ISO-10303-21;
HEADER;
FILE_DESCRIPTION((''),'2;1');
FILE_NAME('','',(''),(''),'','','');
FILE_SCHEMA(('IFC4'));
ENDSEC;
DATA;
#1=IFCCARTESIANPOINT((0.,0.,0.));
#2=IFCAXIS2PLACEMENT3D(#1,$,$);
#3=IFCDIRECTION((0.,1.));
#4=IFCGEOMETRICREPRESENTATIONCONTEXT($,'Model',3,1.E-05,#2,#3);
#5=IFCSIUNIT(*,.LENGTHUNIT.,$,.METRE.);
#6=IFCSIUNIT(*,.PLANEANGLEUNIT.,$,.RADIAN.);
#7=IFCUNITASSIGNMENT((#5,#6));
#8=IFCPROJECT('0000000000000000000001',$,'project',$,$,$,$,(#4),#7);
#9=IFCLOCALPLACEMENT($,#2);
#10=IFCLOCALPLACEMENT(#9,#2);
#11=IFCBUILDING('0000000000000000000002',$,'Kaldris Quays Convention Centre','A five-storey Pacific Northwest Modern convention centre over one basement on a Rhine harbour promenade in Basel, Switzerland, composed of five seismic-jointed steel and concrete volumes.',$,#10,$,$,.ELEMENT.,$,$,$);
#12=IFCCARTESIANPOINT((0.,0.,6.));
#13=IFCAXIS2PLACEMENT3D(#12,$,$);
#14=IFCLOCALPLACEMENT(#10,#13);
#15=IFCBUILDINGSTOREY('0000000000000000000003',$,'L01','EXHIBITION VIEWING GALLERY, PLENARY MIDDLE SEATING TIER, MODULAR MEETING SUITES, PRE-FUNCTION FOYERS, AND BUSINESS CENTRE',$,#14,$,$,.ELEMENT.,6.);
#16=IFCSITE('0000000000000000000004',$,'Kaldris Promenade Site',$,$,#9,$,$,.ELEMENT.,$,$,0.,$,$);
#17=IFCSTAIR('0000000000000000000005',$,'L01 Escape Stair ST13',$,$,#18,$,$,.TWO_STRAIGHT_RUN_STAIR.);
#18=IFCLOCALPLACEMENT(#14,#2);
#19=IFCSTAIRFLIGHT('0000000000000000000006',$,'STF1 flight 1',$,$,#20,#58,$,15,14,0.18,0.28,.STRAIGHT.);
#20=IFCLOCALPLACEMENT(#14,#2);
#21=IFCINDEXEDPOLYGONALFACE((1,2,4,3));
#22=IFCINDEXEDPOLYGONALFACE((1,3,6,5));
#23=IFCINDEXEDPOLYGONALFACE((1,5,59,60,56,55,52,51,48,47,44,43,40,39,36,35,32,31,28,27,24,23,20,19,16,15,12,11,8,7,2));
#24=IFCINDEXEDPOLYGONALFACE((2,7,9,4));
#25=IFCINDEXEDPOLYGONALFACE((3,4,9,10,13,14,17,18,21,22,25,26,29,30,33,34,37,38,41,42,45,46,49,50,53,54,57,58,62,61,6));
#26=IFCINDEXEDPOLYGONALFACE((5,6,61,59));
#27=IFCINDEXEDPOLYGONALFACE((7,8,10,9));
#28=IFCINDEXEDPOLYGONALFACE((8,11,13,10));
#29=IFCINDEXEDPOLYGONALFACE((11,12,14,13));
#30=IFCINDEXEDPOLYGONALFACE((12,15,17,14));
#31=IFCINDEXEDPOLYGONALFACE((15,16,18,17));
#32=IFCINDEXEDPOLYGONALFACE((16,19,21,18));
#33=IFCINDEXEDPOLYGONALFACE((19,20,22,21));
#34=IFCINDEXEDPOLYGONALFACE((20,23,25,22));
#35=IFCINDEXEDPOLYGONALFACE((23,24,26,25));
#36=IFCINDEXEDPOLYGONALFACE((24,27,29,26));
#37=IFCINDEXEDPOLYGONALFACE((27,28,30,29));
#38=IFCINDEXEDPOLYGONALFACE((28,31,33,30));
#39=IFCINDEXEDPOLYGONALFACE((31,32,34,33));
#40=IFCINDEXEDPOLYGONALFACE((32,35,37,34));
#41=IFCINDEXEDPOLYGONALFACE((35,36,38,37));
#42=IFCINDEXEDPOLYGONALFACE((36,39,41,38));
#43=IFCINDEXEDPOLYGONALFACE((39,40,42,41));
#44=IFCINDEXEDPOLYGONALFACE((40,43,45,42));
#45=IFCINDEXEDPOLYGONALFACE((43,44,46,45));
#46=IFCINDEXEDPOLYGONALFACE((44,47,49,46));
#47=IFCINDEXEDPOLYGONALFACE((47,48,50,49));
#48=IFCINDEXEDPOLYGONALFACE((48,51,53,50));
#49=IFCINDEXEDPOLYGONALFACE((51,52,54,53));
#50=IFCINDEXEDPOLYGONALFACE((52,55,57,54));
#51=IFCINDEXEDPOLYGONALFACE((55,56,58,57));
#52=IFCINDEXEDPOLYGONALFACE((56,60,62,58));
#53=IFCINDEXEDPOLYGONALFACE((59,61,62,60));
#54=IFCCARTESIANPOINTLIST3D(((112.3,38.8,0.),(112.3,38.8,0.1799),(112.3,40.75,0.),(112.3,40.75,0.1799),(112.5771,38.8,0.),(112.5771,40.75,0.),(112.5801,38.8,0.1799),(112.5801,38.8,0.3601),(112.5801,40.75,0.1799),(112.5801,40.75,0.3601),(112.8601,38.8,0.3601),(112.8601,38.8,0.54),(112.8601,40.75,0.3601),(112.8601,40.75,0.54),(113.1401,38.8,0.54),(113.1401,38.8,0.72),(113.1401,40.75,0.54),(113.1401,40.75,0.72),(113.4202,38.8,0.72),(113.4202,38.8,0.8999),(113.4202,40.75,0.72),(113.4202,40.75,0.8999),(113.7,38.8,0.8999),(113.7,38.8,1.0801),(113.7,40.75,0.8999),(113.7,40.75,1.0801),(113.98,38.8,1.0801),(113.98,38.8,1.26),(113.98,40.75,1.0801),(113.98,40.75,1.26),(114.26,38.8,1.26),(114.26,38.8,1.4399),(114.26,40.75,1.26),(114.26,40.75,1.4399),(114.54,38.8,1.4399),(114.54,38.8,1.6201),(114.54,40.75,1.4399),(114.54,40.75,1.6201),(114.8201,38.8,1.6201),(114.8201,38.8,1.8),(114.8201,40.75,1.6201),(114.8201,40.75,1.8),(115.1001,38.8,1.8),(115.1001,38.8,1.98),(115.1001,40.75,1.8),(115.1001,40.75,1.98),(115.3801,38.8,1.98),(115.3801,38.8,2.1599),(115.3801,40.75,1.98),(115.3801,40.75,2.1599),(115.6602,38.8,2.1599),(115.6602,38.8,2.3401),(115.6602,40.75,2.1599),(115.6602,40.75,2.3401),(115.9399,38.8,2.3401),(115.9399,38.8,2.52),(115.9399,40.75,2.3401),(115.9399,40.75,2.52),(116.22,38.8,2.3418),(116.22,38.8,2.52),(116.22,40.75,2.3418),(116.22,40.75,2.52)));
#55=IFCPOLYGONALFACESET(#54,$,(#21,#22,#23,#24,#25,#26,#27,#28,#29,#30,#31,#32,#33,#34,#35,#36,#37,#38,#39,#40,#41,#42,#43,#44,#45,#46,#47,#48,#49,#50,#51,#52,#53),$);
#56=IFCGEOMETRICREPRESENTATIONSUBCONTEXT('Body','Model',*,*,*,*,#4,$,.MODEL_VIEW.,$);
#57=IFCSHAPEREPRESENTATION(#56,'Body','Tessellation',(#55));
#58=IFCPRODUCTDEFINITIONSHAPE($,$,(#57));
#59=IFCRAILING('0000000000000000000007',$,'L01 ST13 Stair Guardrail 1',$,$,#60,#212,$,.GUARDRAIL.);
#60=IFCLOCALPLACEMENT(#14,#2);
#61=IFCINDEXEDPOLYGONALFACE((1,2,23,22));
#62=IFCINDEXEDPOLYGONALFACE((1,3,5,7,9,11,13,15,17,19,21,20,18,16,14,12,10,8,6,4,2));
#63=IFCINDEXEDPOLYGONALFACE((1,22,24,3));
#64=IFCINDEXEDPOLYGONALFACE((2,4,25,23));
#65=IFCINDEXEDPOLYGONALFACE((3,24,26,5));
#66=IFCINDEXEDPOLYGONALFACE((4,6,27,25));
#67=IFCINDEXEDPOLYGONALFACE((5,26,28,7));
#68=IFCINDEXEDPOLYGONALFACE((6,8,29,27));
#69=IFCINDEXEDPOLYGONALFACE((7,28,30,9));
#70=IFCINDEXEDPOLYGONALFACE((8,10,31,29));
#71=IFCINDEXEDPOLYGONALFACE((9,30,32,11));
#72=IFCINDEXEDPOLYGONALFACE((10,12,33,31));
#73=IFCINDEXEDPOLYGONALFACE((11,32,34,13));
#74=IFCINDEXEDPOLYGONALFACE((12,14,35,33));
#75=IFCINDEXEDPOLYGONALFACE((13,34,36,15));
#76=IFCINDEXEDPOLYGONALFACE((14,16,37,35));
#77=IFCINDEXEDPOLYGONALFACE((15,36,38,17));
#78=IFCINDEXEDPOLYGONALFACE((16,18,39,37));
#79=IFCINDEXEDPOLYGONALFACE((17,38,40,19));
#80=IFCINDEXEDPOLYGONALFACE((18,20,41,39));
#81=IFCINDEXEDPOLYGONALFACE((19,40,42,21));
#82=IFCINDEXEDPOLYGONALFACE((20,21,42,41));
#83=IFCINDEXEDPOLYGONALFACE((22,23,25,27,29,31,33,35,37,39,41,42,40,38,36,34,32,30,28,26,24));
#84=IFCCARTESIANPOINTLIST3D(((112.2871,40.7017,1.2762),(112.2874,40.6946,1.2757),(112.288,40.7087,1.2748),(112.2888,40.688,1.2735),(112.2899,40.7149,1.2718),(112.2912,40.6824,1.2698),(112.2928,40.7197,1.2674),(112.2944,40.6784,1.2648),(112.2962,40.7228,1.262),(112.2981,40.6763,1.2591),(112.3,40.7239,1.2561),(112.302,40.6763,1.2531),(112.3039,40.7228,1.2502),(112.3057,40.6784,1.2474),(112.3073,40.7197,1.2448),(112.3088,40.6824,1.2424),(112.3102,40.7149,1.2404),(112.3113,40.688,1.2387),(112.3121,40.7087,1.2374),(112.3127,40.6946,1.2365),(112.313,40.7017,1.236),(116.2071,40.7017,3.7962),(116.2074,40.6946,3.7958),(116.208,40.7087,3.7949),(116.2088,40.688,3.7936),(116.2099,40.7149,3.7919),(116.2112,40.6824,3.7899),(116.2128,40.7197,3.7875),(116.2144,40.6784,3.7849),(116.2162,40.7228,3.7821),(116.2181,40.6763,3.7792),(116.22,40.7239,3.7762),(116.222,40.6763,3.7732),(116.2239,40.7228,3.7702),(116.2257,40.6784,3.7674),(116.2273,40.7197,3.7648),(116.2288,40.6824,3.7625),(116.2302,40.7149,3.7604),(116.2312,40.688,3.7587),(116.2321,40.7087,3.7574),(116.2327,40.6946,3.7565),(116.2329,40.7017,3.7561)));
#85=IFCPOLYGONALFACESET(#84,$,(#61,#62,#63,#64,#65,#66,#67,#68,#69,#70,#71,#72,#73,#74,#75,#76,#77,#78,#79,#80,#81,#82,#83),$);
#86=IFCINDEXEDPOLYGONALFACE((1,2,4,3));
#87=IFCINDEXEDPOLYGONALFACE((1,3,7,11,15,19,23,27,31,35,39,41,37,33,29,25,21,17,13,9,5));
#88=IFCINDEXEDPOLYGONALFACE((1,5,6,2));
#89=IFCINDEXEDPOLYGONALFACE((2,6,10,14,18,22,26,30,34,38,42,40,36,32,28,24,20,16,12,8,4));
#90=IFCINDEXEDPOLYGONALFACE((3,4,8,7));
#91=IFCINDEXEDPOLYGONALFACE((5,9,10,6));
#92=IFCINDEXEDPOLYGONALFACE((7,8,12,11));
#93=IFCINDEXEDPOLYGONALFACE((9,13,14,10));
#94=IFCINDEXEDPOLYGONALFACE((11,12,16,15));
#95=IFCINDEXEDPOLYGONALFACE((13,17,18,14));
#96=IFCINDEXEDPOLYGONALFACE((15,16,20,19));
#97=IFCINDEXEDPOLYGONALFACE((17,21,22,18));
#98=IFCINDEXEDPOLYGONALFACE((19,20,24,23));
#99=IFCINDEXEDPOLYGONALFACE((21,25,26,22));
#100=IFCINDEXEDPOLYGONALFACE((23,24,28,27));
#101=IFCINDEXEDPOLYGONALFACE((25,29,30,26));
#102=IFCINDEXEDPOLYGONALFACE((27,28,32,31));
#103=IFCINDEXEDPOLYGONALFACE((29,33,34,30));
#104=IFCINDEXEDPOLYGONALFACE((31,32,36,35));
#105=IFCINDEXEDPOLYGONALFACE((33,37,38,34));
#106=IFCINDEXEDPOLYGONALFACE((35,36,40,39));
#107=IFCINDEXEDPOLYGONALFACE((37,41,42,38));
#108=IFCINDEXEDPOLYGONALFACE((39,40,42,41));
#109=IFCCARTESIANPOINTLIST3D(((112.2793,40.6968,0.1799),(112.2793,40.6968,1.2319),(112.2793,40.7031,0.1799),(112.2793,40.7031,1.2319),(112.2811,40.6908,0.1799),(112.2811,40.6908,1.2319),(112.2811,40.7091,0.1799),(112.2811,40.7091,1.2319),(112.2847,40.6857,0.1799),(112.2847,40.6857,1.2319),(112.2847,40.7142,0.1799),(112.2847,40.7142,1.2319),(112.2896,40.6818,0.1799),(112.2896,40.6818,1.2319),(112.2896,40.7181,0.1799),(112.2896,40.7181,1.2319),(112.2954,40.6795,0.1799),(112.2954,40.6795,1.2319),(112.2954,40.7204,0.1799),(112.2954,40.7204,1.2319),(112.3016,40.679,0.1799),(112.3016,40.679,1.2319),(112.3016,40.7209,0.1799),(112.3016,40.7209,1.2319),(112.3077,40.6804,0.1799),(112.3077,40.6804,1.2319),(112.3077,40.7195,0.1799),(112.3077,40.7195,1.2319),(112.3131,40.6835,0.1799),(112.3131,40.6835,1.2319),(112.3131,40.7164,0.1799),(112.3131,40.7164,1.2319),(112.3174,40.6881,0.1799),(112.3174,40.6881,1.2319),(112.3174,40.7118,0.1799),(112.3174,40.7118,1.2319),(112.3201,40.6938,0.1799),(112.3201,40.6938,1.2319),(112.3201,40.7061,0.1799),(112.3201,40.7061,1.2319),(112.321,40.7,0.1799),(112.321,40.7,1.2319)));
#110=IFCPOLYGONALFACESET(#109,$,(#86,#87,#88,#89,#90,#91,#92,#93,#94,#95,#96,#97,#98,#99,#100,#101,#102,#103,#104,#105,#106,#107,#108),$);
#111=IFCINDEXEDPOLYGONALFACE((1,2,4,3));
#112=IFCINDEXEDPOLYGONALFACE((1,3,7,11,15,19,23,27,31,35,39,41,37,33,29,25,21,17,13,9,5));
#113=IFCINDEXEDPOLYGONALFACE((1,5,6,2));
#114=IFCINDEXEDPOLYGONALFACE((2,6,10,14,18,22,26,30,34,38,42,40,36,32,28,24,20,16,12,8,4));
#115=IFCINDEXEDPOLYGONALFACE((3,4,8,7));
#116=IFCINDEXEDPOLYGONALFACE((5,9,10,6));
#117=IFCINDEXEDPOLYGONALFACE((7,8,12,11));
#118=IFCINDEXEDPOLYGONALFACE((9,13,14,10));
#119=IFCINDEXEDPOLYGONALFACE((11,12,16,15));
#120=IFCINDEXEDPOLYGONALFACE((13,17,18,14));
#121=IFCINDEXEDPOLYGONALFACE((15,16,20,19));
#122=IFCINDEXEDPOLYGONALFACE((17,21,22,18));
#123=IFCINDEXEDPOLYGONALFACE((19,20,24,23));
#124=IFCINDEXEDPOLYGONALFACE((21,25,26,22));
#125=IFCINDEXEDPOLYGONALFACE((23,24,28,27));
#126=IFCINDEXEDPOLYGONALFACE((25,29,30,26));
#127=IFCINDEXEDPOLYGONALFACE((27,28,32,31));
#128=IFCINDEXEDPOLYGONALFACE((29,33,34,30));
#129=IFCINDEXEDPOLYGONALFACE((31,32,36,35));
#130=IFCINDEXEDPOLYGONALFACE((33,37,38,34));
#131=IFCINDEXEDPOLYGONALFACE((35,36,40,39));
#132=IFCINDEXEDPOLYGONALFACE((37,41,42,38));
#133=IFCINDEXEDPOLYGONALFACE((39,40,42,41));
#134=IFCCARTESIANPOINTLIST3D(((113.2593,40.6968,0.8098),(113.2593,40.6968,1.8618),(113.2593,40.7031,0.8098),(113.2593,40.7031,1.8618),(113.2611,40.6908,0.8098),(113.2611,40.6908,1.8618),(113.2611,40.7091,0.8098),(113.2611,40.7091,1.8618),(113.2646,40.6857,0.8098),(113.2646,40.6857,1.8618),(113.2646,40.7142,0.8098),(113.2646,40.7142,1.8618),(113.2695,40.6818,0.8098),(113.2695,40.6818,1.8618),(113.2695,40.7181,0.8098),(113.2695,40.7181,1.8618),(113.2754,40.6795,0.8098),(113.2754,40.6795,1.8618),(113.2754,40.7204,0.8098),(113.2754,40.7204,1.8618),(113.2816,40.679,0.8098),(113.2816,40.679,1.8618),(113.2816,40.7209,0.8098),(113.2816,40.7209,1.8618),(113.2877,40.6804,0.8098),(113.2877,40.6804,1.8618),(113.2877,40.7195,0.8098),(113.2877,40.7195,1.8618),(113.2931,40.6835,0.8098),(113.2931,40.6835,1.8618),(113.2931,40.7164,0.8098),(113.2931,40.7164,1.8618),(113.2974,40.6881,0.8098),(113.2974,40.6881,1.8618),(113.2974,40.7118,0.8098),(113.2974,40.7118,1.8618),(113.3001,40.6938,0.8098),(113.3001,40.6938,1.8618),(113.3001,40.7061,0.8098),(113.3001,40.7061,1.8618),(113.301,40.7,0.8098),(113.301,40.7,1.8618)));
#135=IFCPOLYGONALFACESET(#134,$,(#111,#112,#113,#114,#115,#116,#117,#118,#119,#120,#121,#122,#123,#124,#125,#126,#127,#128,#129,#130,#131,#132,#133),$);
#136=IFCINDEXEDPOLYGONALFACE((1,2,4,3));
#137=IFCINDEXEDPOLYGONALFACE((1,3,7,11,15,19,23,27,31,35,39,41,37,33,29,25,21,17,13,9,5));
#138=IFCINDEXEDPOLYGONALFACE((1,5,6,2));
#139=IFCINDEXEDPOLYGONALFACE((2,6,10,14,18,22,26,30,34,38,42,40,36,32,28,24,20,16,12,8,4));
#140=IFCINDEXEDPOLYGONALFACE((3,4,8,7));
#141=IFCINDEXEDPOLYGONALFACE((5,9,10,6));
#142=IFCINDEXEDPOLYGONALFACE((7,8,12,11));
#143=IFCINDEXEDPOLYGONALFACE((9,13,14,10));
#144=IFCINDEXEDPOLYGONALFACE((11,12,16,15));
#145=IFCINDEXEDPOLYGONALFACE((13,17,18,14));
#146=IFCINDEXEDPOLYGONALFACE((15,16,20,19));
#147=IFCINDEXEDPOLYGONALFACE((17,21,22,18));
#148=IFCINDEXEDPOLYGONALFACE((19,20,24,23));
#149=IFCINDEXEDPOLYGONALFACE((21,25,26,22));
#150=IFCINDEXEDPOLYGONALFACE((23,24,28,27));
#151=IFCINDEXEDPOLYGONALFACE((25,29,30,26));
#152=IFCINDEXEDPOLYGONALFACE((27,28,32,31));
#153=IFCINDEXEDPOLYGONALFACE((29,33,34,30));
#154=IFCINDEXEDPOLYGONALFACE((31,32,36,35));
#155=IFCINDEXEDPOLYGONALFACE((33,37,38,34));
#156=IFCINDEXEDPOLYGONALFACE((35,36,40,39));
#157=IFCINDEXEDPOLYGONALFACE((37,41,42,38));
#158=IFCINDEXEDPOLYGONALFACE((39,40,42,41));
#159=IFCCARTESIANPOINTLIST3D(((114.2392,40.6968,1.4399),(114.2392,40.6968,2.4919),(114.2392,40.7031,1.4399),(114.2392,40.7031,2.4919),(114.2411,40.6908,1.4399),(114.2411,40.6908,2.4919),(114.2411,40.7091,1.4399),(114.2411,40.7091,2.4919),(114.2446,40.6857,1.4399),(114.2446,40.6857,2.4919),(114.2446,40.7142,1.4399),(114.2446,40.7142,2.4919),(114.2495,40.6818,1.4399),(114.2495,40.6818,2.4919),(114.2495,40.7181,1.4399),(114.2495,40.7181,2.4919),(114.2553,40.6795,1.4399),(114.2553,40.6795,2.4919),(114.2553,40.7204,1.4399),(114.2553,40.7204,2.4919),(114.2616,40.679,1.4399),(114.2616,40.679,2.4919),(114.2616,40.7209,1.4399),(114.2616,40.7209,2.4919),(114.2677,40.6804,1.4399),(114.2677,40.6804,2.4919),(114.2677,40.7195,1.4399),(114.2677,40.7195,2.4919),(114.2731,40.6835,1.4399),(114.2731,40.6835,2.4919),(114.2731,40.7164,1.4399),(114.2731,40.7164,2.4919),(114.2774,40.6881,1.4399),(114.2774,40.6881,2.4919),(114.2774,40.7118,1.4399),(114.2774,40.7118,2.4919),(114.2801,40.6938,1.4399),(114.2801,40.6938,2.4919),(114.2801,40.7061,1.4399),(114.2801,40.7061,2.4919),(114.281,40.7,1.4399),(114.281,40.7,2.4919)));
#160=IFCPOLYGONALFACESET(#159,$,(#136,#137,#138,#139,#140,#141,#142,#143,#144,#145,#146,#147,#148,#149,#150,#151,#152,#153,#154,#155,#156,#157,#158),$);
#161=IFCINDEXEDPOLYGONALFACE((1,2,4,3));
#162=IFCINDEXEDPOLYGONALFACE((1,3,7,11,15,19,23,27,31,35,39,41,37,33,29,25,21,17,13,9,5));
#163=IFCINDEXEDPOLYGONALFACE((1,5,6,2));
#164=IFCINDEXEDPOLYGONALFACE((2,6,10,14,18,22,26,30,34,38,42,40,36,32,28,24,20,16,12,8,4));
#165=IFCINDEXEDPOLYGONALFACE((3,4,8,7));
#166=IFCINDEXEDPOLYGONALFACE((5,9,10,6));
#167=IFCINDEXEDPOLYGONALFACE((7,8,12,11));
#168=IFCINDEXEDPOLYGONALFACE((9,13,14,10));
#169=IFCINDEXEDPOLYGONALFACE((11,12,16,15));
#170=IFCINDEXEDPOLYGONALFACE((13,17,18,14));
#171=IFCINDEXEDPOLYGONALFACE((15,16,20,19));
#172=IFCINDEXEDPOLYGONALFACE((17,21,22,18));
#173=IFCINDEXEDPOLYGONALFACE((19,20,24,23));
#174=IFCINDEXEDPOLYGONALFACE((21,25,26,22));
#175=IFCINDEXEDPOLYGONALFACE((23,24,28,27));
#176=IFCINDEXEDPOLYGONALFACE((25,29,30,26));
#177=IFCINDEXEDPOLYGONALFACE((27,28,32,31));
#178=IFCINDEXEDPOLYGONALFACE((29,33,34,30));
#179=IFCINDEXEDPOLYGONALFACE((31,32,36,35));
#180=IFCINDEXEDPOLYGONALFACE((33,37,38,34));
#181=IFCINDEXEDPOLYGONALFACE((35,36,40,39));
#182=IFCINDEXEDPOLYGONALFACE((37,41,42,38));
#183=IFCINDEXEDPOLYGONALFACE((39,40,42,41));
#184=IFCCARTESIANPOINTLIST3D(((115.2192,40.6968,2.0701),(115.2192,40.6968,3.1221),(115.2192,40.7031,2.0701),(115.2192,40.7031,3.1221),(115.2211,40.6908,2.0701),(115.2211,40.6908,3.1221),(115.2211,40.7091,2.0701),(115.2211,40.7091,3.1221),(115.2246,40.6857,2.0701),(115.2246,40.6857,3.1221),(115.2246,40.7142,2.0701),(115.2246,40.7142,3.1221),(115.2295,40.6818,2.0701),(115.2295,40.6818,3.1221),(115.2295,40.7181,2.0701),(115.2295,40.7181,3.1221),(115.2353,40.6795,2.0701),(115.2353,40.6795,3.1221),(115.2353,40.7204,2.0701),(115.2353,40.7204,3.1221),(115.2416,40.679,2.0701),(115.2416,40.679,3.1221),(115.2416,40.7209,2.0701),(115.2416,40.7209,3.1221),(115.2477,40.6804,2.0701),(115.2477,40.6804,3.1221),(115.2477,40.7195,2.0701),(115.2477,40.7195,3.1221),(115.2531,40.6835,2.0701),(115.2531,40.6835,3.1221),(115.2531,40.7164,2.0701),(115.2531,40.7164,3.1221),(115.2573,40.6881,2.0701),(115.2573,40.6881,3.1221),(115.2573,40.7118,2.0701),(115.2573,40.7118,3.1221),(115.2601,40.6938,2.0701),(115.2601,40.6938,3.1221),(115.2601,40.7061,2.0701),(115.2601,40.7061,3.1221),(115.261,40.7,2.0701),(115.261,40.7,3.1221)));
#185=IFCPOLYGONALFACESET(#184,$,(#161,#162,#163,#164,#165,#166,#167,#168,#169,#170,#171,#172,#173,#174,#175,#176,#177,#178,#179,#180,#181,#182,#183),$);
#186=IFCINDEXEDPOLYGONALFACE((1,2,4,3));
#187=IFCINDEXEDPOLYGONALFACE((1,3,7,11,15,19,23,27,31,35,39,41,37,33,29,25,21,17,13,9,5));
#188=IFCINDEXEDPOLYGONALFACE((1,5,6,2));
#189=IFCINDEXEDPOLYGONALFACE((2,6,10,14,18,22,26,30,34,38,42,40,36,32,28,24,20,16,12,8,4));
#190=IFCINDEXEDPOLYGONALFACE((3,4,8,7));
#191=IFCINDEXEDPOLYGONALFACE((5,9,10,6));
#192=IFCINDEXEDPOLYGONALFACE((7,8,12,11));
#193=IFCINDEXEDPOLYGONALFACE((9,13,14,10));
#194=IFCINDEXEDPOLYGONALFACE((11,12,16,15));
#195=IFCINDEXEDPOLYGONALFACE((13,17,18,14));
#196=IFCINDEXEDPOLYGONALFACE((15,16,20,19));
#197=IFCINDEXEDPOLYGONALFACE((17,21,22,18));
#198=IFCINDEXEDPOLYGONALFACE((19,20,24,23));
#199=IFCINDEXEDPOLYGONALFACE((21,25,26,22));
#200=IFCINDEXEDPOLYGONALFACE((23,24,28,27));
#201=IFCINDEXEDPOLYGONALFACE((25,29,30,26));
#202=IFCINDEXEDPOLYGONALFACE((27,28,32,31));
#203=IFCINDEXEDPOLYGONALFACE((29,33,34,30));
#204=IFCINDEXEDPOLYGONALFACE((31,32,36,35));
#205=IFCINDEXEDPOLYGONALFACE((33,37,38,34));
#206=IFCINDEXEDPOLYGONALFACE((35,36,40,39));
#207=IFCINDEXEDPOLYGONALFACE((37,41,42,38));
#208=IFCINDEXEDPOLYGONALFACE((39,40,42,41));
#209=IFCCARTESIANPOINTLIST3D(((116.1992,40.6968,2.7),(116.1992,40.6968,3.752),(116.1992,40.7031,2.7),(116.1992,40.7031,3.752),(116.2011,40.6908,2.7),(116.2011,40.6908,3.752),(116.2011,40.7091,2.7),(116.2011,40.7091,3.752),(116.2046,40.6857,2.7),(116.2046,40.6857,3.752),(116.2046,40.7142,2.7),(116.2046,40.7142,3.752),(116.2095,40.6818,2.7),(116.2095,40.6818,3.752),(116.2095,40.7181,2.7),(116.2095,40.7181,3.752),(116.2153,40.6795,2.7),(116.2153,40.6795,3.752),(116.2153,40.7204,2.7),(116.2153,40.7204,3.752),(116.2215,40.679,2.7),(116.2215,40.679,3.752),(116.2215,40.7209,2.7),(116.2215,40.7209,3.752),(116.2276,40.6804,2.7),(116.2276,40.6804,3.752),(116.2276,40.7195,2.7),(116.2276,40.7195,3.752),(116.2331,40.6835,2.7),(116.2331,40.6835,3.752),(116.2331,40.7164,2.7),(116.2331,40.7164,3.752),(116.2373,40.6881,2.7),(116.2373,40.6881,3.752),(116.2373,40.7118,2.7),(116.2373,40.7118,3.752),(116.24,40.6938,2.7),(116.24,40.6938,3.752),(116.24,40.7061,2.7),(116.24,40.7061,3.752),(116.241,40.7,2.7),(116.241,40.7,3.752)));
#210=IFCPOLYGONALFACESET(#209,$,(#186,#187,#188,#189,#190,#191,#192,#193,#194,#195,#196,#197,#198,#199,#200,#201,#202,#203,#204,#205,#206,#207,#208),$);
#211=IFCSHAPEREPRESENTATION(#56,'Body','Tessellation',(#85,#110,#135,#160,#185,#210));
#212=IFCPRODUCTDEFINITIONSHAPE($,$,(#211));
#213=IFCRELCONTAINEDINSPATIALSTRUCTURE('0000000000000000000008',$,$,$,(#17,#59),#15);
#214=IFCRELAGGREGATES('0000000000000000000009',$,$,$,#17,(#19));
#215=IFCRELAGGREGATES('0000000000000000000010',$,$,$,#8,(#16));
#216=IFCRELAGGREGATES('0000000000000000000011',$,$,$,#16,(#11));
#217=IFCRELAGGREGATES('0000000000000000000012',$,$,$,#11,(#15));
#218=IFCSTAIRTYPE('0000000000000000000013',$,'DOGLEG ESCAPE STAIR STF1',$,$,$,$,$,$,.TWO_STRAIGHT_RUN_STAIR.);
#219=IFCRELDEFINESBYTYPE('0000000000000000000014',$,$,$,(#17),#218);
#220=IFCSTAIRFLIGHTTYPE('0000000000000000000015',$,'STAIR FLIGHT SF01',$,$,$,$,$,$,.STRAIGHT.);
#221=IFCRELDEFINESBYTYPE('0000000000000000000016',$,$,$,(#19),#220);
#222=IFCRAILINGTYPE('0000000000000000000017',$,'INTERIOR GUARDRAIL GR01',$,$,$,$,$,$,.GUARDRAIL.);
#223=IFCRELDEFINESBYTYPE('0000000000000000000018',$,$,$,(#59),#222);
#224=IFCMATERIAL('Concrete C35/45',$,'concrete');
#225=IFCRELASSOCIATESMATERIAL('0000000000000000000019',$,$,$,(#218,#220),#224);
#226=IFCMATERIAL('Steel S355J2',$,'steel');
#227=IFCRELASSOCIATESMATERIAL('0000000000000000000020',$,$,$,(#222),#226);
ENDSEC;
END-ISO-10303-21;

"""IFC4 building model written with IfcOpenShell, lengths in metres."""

from ifc_helpers import new_model, si_unit, direction, frame, origin, origin_2d, place, context, subcontext, project, spatial, polyline, circle, outline, extrude, material, type_object, element, aggregate, save


model = new_model("IFC4")

# Units and contexts
model_context = context("Model", 3, precision=1e-05, world=origin(), true_north=direction((0.0, 1.0)))
body_context = subcontext(model_context, "Body", "Model", "MODEL_VIEW")
ifc_project = project(units=[si_unit("LENGTHUNIT", "METRE"), si_unit("PLANEANGLEUNIT", "RADIAN")], contexts=[model_context])

# Site, building, storey
site_placement = place(None, origin())
site = spatial("IfcSite", under=ifc_project, at=site_placement, Name="Kaldris Promenade Site", CompositionType="ELEMENT", RefElevation=0.0)
building_placement = place(site_placement, origin())
building = spatial("IfcBuilding", under=site, at=building_placement, Name="Kaldris Quays Convention Centre", Description="A five-storey Pacific Northwest Modern convention centre over one basement on a Rhine harbour promenade in Basel, Switzerland, composed of five seismic-jointed steel and concrete volumes.", CompositionType="ELEMENT")
storey_placement = place(building_placement, frame((0.0, 0.0, 6.0)))
storey = spatial("IfcBuildingStorey", under=building, at=storey_placement, Name="L01", Description="EXHIBITION VIEWING GALLERY, PLENARY MIDDLE SEATING TIER, MODULAR MEETING SUITES, PRE-FUNCTION FOYERS, AND BUSINESS CENTRE", CompositionType="ELEMENT", Elevation=6.0)

# Shared definitions
ifc_material_1 = material(Name="Steel S355J2", Category="steel")

# Stair, stair flight
ifc_material_2 = material(Name="Concrete C35/45", Category="concrete")
stair_type = type_object("IfcStairType", Name="DOGLEG ESCAPE STAIR STF1", PredefinedType="TWO_STRAIGHT_RUN_STAIR", material=ifc_material_2)
stair_placement = place(storey_placement, origin())
stair = element("IfcStair", 1, at=stair_placement, inside=storey, type_object=stair_type, Name="L01 Escape Stair ST13", PredefinedType="TWO_STRAIGHT_RUN_STAIR")
stair_flight_type = type_object("IfcStairFlightType", Name="STAIR FLIGHT SF01", PredefinedType="STRAIGHT", material=ifc_material_2)
stair_flight_placement = place(storey_placement, frame((112.3, 39.7749, 0.0), z_axis=(0.0, 0.0, 1.0), x_axis=(1.0, 0.0, 0.0)))
stair_flight = element("IfcStairFlight", 2, at=stair_flight_placement, type_object=stair_flight_type, Name="STF1 flight 1", NumberOfRisers=15, NumberOfTreads=14, PredefinedType="STRAIGHT", RiserHeight=0.18, TreadLength=0.28, context=body_context, shape_type="SweptSolid", body=[
    extrude(outline(polyline([(0.0, 0.0), (0.0, 0.1799), (0.28, 0.1799), (0.28, 0.3601), (0.5601, 0.3601), (0.5601, 0.54), (0.8401, 0.54), (0.8401, 0.72), (1.1201, 0.72), (1.1201, 0.8999), (1.3999, 0.8999), (1.3999, 1.0801), (1.6799, 1.0801), (1.6799, 1.26), (1.96, 1.26), (1.96, 1.4399), (2.24, 1.4399), (2.24, 1.6201), (2.52, 1.6201), (2.52, 1.8), (2.8, 1.8), (2.8, 1.98), (3.0801, 1.98), (3.0801, 2.1599), (3.3601, 2.1599), (3.3601, 2.3401), (3.6399, 2.3401), (3.6399, 2.52), (3.9199, 2.52), (3.9199, 2.7), (3.9199, 2.3418), (0.2771, 0.0), (0.0, 0.0)])), frame((0.0, 0.9751, 0.0), z_axis=(0.0, -1.0, 0.0), x_axis=(1.0, 0.0, 0.0)), (0.0, 0.0, 1.0), 1.95),
])
aggregate(stair, [stair_flight])

# Railing
railing_type_1 = type_object("IfcRailingType", Name="INTERIOR GUARDRAIL GR01", PredefinedType="GUARDRAIL", material=ifc_material_1)
railing_1_placement = place(storey_placement, frame((112.3, 40.7, 0.1799)))
element("IfcRailing", 3, at=railing_1_placement, inside=storey, type_object=railing_type_1, Name="L01 ST13 Stair Guardrail 1", PredefinedType="GUARDRAIL", context=body_context, shape_type="SweptSolid", body=[
    extrude(circle(Radius=0.0239, at=origin_2d()), frame((0.0, 0.0, 1.0762), z_axis=(0.841172, 0.0, 0.540768), x_axis=(0.0, 1.0, 0.0)), (0.0, 0.0, 1.0), 4.6602),
    extrude(circle(Radius=0.021, at=origin_2d()), origin(), (0.0, 0.0, 1.0), 1.052),
    extrude(circle(Radius=0.021, at=origin_2d()), frame((0.98, 0.0, 0.6299)), (0.0, 0.0, 1.0), 1.052),
    extrude(circle(Radius=0.021, at=origin_2d()), frame((1.96, 0.0, 1.26)), (0.0, 0.0, 1.0), 1.052),
    extrude(circle(Radius=0.021, at=origin_2d()), frame((2.9399, 0.0, 1.8901)), (0.0, 0.0, 1.0), 1.052),
    extrude(circle(Radius=0.021, at=origin_2d()), frame((3.9199, 0.0, 2.52)), (0.0, 0.0, 1.0), 1.052),
])

save(model, "model.ifc")
